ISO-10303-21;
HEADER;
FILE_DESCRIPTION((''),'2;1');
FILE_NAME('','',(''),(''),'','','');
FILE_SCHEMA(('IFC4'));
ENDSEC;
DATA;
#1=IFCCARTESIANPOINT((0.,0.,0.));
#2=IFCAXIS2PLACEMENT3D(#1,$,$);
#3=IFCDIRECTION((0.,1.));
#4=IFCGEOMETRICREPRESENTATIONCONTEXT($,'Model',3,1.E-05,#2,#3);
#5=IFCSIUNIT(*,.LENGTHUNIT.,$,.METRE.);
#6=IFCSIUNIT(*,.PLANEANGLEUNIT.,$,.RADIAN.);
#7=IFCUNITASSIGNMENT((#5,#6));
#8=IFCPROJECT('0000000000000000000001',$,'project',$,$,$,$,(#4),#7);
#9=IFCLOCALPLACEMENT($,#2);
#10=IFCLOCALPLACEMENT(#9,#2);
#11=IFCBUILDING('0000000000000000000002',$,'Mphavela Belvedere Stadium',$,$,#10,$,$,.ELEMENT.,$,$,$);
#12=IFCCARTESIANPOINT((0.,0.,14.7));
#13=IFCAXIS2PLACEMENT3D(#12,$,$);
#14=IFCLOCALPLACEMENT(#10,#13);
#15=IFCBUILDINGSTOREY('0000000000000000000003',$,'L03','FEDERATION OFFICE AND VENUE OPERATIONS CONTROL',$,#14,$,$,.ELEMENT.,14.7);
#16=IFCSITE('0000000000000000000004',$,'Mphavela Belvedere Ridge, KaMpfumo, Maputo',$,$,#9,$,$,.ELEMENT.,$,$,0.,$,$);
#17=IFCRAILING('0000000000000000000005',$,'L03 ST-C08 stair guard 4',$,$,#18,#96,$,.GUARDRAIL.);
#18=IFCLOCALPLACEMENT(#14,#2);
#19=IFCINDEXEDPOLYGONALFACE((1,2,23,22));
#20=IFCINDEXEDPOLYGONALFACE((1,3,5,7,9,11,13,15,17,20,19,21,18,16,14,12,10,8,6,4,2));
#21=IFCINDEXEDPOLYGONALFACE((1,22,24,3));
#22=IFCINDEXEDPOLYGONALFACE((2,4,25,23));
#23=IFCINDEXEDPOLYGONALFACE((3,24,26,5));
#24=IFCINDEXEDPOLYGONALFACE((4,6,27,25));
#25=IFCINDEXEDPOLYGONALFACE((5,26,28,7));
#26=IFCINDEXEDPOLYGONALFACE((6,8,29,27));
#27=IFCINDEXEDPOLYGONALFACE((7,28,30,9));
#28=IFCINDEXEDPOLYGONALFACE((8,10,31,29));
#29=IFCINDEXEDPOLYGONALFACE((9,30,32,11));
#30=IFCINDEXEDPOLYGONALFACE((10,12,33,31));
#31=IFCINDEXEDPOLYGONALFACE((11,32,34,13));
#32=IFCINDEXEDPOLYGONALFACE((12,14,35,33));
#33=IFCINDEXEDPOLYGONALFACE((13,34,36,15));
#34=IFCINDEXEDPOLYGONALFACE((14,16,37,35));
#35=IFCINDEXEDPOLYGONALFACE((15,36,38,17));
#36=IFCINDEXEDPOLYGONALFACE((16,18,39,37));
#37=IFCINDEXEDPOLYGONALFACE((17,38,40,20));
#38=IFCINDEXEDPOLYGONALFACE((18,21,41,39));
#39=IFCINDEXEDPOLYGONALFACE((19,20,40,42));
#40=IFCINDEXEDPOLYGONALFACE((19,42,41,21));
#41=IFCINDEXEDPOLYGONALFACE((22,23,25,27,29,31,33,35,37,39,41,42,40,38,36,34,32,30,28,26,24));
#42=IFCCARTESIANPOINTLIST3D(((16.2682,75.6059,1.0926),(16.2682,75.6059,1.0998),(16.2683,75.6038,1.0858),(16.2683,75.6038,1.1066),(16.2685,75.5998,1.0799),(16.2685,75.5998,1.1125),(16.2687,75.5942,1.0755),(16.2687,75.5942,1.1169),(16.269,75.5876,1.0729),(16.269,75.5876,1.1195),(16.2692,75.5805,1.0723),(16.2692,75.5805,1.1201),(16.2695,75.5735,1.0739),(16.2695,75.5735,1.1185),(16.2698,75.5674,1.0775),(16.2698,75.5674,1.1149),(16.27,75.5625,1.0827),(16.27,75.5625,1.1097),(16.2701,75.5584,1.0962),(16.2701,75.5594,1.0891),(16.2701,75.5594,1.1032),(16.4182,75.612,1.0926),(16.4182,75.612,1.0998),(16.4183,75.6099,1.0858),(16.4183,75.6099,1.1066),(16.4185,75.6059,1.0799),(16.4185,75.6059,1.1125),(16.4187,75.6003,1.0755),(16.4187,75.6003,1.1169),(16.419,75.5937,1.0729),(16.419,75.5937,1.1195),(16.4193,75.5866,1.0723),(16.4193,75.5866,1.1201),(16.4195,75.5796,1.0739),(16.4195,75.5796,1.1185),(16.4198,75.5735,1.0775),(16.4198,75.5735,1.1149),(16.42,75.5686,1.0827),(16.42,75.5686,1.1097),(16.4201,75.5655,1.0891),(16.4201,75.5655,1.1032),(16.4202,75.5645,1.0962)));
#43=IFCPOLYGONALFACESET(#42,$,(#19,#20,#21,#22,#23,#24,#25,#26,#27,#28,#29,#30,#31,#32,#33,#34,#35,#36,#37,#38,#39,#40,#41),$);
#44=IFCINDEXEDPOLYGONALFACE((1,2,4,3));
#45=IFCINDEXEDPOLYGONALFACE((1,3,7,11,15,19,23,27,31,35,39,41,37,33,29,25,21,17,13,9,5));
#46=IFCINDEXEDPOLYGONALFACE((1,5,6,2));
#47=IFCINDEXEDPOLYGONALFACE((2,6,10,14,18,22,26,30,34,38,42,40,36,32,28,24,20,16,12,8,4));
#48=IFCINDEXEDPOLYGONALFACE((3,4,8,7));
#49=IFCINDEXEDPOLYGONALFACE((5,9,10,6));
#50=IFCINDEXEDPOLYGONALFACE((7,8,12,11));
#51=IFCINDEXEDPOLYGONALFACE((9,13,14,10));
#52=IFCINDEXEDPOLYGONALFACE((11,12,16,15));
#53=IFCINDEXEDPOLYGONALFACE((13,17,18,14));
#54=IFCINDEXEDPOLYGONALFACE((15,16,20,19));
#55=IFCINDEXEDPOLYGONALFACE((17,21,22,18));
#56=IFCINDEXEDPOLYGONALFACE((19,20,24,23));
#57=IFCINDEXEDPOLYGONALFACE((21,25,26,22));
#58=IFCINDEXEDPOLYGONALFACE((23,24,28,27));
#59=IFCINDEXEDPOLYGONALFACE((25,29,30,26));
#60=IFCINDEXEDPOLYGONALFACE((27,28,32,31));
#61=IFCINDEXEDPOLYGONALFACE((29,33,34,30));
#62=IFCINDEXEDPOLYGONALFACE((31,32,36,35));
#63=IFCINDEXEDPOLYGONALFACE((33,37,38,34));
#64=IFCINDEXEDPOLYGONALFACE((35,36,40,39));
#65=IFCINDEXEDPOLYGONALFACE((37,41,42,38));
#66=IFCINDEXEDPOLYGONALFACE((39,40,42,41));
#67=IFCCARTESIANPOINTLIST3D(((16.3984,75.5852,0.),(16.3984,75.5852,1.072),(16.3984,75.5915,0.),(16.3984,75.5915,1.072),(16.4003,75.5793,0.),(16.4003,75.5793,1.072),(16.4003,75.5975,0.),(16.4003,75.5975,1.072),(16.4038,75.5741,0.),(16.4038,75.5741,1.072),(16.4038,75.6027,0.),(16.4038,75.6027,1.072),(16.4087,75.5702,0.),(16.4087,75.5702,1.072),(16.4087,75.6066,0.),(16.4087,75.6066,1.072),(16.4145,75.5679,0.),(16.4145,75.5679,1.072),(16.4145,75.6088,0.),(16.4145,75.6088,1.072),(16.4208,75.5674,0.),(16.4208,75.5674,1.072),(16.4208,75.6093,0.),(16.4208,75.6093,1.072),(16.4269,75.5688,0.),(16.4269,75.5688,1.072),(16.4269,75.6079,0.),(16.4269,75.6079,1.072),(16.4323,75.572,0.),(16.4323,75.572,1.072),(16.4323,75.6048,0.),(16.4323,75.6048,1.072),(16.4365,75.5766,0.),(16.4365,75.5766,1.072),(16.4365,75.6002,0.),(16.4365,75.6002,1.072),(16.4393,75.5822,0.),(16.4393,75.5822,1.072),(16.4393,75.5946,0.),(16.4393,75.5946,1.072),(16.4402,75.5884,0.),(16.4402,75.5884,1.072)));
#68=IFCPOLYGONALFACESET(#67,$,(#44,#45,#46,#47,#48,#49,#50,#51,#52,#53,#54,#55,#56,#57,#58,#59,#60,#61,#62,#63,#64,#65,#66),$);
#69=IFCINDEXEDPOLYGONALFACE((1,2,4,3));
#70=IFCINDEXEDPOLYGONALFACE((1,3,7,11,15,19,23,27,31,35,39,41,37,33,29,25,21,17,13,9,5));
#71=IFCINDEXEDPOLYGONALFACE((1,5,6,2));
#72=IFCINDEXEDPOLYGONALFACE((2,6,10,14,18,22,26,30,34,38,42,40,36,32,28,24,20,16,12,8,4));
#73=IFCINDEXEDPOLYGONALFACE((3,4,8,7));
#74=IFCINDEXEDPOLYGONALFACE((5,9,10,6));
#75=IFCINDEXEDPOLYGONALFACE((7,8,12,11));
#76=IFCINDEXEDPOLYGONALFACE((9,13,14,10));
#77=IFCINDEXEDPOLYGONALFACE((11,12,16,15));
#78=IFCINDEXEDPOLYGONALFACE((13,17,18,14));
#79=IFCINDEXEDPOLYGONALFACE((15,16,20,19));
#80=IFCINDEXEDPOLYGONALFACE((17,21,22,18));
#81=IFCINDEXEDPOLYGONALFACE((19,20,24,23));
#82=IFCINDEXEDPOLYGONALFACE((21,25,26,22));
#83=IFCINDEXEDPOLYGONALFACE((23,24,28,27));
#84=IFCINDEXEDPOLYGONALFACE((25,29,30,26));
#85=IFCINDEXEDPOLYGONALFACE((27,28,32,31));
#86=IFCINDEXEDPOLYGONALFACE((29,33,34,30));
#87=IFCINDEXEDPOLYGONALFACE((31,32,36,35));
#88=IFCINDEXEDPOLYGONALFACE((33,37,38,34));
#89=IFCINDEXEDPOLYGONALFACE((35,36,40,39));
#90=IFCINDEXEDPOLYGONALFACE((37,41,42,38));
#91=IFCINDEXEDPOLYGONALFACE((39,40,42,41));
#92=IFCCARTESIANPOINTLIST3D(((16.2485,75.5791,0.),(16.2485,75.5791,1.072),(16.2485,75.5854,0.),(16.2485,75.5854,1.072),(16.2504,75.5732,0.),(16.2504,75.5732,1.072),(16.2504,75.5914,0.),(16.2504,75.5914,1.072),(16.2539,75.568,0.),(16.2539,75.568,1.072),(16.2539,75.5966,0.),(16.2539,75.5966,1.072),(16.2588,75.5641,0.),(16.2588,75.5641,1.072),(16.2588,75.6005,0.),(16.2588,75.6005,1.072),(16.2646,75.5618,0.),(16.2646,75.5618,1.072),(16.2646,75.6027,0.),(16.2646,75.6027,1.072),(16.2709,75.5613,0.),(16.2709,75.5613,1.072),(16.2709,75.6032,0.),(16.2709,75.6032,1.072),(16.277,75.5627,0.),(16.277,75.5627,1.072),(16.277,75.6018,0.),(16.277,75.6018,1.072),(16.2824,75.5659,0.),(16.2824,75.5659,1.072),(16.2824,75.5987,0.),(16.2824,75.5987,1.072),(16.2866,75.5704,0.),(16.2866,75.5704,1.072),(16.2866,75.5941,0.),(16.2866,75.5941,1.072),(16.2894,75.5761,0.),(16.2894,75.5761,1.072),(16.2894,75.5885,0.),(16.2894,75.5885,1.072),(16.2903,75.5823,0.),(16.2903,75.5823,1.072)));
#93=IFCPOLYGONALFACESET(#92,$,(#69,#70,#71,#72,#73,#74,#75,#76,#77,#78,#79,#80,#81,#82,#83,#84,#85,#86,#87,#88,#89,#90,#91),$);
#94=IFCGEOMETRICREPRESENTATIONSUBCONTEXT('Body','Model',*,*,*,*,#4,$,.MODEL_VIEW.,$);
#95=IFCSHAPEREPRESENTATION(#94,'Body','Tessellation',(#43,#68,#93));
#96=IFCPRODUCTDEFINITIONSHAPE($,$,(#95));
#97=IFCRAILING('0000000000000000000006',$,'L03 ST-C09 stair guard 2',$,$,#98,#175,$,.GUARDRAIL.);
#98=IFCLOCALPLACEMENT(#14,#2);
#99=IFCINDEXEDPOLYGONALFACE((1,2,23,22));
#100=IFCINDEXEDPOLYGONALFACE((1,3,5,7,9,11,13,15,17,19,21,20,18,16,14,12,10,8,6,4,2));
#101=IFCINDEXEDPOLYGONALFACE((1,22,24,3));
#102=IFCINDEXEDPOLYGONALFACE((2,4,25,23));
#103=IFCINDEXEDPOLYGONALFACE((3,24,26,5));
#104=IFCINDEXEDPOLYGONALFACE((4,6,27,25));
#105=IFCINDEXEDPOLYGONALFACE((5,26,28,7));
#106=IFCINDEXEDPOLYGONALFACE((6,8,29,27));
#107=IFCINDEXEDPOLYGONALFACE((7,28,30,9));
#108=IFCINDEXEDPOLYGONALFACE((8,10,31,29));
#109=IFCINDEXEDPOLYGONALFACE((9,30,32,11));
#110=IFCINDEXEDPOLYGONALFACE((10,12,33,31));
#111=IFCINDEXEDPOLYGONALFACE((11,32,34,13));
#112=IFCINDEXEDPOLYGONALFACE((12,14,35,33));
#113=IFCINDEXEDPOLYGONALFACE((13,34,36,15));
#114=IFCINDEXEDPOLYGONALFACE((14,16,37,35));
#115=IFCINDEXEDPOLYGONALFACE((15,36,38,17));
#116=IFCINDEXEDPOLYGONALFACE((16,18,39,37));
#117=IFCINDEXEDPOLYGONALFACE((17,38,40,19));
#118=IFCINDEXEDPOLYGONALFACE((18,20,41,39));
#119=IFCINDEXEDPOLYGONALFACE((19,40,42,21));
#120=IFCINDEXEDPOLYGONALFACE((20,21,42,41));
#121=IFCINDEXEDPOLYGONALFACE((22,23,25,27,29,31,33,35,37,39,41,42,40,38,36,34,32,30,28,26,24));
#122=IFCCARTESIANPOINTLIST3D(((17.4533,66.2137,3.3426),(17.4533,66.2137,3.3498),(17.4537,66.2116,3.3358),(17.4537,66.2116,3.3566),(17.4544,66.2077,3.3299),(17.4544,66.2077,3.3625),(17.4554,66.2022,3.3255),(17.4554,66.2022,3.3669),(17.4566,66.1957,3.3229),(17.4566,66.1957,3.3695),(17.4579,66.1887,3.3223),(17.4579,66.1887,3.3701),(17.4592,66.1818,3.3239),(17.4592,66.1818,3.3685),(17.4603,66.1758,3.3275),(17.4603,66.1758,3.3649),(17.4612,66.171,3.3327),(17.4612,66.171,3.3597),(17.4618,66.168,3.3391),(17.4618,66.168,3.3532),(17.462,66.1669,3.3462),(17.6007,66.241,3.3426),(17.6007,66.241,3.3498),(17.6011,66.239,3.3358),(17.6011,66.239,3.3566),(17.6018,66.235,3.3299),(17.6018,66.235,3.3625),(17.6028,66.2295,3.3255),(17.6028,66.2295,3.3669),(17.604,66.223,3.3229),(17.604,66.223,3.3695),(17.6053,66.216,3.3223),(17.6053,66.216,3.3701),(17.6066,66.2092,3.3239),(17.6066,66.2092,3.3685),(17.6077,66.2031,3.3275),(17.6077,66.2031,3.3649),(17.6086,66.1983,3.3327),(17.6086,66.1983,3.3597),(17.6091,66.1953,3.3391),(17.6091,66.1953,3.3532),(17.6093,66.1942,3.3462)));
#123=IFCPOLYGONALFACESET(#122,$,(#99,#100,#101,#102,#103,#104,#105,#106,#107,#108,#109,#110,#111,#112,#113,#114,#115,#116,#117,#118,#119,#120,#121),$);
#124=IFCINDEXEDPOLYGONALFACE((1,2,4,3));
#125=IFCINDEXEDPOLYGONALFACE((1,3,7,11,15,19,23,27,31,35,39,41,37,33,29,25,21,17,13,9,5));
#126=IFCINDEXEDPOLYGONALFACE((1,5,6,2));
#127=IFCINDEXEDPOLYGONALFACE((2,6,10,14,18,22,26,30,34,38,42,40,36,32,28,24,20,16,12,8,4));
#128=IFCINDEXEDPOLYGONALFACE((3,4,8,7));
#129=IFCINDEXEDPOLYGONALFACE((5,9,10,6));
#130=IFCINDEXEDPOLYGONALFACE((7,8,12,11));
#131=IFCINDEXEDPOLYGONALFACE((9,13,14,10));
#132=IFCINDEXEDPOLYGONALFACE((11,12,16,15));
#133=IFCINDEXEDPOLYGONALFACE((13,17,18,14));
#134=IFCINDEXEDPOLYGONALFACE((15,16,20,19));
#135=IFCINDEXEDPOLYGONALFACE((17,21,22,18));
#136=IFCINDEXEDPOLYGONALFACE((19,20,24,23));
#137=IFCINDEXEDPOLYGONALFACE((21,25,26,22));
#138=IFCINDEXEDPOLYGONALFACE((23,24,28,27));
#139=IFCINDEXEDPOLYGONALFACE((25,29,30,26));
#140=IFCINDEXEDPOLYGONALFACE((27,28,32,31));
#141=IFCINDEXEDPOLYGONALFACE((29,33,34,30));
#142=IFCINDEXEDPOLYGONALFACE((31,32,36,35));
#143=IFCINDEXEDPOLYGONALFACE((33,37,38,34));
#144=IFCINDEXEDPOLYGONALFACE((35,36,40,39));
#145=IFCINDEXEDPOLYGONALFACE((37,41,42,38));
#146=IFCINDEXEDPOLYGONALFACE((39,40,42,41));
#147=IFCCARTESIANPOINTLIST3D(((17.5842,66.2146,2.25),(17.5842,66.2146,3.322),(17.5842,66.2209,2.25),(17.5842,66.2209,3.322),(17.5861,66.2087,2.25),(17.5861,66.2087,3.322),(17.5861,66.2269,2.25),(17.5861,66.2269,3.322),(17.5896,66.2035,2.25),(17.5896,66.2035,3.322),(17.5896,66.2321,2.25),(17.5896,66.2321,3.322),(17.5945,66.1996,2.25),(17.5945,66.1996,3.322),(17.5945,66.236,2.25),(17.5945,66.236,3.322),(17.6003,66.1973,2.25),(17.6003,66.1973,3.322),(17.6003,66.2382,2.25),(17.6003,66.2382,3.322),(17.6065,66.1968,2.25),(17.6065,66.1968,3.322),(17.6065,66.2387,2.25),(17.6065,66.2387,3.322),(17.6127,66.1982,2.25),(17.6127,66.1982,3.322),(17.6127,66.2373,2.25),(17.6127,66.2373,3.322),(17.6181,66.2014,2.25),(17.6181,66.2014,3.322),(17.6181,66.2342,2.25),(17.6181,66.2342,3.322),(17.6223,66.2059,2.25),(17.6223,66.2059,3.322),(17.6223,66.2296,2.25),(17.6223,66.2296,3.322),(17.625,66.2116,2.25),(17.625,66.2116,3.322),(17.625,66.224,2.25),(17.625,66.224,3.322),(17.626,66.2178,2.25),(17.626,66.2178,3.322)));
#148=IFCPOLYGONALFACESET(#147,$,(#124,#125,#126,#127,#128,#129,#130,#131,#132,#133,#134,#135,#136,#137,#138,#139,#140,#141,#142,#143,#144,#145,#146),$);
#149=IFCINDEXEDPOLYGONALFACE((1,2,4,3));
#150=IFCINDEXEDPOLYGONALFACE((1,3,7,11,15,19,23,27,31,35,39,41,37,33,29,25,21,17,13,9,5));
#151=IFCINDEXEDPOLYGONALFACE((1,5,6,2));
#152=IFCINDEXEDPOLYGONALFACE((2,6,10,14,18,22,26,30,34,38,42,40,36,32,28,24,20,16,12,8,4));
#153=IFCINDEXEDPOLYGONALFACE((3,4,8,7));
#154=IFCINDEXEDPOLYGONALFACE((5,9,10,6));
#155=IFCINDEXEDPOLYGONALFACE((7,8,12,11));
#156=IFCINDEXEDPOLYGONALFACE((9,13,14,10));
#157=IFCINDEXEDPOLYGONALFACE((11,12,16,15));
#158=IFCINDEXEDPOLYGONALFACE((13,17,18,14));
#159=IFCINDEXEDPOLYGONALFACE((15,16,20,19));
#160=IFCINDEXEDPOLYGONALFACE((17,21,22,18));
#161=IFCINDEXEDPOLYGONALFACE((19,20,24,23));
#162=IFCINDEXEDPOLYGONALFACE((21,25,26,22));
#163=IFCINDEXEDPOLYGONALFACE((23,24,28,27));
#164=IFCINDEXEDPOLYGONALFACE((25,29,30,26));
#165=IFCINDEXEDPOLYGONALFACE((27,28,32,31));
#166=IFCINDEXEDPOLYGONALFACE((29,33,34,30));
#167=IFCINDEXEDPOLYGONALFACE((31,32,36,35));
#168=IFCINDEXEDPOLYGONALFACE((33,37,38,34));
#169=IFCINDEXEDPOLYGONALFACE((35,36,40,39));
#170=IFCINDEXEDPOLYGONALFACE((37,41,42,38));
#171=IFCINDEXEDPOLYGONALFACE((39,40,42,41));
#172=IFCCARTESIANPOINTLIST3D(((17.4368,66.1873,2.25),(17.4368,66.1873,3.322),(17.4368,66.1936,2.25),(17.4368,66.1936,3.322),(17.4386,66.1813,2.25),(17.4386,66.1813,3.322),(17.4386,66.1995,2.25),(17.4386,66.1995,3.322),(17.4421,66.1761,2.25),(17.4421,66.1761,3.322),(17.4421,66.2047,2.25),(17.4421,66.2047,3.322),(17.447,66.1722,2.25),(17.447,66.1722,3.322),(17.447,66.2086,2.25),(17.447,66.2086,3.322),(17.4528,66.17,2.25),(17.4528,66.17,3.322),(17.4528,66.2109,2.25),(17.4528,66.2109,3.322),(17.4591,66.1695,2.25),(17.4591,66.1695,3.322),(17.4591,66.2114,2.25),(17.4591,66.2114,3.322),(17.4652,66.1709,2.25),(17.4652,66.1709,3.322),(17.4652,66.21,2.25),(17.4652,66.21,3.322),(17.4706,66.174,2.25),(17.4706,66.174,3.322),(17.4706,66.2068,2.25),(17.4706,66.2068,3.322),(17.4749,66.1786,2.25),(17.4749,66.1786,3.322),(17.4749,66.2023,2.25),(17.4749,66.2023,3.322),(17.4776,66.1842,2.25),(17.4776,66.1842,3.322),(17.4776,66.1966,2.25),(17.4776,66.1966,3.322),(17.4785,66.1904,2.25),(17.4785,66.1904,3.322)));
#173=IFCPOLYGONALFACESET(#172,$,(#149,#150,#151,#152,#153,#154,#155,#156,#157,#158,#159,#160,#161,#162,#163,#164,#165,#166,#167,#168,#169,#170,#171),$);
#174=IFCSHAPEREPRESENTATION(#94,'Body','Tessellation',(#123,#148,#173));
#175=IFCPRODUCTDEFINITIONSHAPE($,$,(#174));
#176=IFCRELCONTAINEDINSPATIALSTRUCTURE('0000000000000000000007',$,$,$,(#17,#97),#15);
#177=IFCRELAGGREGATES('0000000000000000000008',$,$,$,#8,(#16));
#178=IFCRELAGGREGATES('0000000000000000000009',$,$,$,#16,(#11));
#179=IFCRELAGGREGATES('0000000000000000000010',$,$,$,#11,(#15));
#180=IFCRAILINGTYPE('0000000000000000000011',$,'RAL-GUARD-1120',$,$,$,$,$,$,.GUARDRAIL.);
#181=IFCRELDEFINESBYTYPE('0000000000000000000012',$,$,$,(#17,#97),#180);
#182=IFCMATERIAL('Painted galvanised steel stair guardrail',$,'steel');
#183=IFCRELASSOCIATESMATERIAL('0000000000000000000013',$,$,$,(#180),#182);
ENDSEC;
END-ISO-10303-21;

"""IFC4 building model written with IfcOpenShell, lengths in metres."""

from ifc_helpers import new_model, si_unit, direction, frame, origin, origin_2d, place, context, subcontext, project, spatial, circle, extrude, material, type_object, element, save


model = new_model("IFC4")

# Units and contexts
model_context = context("Model", 3, precision=1e-05, world=origin(), true_north=direction((0.0, 1.0)))
body_context = subcontext(model_context, "Body", "Model", "MODEL_VIEW")
ifc_project = project(units=[si_unit("LENGTHUNIT", "METRE"), si_unit("PLANEANGLEUNIT", "RADIAN")], contexts=[model_context])

# Site, building, storey
site_placement = place(None, origin())
site = spatial("IfcSite", under=ifc_project, at=site_placement, Name="Mphavela Belvedere Ridge, KaMpfumo, Maputo", CompositionType="ELEMENT", RefElevation=0.0)
building_placement = place(site_placement, origin())
building = spatial("IfcBuilding", under=site, at=building_placement, Name="Mphavela Belvedere Stadium", CompositionType="ELEMENT")
storey_placement = place(building_placement, frame((0.0, 0.0, 14.7)))
storey = spatial("IfcBuildingStorey", under=building, at=storey_placement, Name="L03", Description="FEDERATION OFFICE AND VENUE OPERATIONS CONTROL", CompositionType="ELEMENT", Elevation=14.7)

# Railings
ifc_material_1 = material(Name="Painted galvanised steel stair guardrail", Category="steel")
railing_type_1 = type_object("IfcRailingType", Name="RAL-GUARD-1120", PredefinedType="GUARDRAIL", material=ifc_material_1)
railing_1_placement = place(storey_placement, frame((16.4192, 75.5884, 0.0)))
element("IfcRailing", 1, at=railing_1_placement, inside=storey, type_object=railing_type_1, Name="L03 ST-C08 stair guard 4", PredefinedType="GUARDRAIL", context=body_context, shape_type="SweptSolid", body=[
    extrude(circle(Radius=0.0239, at=origin_2d()), frame((0.0, 0.0, 1.0962), z_axis=(-0.999172, -0.040683, 0.0), x_axis=(0.040683, -0.999172, 0.0)), (0.0, 0.0, 1.0), 0.1501),
    extrude(circle(Radius=0.021, at=origin_2d()), origin(), (0.0, 0.0, 1.0), 1.072),
    extrude(circle(Radius=0.021, at=origin_2d()), frame((-0.1499, -0.0061, 0.0)), (0.0, 0.0, 1.0), 1.072),
])
railing_2_placement = place(storey_placement, frame((17.605, 66.2178, 2.25)))
element("IfcRailing", 2, at=railing_2_placement, inside=storey, type_object=railing_type_1, Name="L03 ST-C09 stair guard 2", PredefinedType="GUARDRAIL", context=body_context, shape_type="SweptSolid", body=[
    extrude(circle(Radius=0.0239, at=origin_2d()), frame((0.0, 0.0, 1.0962), z_axis=(-0.983239, -0.182322, 0.0), x_axis=(0.182322, -0.983239, 0.0)), (0.0, 0.0, 1.0), 0.1499),
    extrude(circle(Radius=0.021, at=origin_2d()), origin(), (0.0, 0.0, 1.0), 1.072),
    extrude(circle(Radius=0.021, at=origin_2d()), frame((-0.1475, -0.0273, 0.0)), (0.0, 0.0, 1.0), 1.072),
])

save(model, "model.ifc")
